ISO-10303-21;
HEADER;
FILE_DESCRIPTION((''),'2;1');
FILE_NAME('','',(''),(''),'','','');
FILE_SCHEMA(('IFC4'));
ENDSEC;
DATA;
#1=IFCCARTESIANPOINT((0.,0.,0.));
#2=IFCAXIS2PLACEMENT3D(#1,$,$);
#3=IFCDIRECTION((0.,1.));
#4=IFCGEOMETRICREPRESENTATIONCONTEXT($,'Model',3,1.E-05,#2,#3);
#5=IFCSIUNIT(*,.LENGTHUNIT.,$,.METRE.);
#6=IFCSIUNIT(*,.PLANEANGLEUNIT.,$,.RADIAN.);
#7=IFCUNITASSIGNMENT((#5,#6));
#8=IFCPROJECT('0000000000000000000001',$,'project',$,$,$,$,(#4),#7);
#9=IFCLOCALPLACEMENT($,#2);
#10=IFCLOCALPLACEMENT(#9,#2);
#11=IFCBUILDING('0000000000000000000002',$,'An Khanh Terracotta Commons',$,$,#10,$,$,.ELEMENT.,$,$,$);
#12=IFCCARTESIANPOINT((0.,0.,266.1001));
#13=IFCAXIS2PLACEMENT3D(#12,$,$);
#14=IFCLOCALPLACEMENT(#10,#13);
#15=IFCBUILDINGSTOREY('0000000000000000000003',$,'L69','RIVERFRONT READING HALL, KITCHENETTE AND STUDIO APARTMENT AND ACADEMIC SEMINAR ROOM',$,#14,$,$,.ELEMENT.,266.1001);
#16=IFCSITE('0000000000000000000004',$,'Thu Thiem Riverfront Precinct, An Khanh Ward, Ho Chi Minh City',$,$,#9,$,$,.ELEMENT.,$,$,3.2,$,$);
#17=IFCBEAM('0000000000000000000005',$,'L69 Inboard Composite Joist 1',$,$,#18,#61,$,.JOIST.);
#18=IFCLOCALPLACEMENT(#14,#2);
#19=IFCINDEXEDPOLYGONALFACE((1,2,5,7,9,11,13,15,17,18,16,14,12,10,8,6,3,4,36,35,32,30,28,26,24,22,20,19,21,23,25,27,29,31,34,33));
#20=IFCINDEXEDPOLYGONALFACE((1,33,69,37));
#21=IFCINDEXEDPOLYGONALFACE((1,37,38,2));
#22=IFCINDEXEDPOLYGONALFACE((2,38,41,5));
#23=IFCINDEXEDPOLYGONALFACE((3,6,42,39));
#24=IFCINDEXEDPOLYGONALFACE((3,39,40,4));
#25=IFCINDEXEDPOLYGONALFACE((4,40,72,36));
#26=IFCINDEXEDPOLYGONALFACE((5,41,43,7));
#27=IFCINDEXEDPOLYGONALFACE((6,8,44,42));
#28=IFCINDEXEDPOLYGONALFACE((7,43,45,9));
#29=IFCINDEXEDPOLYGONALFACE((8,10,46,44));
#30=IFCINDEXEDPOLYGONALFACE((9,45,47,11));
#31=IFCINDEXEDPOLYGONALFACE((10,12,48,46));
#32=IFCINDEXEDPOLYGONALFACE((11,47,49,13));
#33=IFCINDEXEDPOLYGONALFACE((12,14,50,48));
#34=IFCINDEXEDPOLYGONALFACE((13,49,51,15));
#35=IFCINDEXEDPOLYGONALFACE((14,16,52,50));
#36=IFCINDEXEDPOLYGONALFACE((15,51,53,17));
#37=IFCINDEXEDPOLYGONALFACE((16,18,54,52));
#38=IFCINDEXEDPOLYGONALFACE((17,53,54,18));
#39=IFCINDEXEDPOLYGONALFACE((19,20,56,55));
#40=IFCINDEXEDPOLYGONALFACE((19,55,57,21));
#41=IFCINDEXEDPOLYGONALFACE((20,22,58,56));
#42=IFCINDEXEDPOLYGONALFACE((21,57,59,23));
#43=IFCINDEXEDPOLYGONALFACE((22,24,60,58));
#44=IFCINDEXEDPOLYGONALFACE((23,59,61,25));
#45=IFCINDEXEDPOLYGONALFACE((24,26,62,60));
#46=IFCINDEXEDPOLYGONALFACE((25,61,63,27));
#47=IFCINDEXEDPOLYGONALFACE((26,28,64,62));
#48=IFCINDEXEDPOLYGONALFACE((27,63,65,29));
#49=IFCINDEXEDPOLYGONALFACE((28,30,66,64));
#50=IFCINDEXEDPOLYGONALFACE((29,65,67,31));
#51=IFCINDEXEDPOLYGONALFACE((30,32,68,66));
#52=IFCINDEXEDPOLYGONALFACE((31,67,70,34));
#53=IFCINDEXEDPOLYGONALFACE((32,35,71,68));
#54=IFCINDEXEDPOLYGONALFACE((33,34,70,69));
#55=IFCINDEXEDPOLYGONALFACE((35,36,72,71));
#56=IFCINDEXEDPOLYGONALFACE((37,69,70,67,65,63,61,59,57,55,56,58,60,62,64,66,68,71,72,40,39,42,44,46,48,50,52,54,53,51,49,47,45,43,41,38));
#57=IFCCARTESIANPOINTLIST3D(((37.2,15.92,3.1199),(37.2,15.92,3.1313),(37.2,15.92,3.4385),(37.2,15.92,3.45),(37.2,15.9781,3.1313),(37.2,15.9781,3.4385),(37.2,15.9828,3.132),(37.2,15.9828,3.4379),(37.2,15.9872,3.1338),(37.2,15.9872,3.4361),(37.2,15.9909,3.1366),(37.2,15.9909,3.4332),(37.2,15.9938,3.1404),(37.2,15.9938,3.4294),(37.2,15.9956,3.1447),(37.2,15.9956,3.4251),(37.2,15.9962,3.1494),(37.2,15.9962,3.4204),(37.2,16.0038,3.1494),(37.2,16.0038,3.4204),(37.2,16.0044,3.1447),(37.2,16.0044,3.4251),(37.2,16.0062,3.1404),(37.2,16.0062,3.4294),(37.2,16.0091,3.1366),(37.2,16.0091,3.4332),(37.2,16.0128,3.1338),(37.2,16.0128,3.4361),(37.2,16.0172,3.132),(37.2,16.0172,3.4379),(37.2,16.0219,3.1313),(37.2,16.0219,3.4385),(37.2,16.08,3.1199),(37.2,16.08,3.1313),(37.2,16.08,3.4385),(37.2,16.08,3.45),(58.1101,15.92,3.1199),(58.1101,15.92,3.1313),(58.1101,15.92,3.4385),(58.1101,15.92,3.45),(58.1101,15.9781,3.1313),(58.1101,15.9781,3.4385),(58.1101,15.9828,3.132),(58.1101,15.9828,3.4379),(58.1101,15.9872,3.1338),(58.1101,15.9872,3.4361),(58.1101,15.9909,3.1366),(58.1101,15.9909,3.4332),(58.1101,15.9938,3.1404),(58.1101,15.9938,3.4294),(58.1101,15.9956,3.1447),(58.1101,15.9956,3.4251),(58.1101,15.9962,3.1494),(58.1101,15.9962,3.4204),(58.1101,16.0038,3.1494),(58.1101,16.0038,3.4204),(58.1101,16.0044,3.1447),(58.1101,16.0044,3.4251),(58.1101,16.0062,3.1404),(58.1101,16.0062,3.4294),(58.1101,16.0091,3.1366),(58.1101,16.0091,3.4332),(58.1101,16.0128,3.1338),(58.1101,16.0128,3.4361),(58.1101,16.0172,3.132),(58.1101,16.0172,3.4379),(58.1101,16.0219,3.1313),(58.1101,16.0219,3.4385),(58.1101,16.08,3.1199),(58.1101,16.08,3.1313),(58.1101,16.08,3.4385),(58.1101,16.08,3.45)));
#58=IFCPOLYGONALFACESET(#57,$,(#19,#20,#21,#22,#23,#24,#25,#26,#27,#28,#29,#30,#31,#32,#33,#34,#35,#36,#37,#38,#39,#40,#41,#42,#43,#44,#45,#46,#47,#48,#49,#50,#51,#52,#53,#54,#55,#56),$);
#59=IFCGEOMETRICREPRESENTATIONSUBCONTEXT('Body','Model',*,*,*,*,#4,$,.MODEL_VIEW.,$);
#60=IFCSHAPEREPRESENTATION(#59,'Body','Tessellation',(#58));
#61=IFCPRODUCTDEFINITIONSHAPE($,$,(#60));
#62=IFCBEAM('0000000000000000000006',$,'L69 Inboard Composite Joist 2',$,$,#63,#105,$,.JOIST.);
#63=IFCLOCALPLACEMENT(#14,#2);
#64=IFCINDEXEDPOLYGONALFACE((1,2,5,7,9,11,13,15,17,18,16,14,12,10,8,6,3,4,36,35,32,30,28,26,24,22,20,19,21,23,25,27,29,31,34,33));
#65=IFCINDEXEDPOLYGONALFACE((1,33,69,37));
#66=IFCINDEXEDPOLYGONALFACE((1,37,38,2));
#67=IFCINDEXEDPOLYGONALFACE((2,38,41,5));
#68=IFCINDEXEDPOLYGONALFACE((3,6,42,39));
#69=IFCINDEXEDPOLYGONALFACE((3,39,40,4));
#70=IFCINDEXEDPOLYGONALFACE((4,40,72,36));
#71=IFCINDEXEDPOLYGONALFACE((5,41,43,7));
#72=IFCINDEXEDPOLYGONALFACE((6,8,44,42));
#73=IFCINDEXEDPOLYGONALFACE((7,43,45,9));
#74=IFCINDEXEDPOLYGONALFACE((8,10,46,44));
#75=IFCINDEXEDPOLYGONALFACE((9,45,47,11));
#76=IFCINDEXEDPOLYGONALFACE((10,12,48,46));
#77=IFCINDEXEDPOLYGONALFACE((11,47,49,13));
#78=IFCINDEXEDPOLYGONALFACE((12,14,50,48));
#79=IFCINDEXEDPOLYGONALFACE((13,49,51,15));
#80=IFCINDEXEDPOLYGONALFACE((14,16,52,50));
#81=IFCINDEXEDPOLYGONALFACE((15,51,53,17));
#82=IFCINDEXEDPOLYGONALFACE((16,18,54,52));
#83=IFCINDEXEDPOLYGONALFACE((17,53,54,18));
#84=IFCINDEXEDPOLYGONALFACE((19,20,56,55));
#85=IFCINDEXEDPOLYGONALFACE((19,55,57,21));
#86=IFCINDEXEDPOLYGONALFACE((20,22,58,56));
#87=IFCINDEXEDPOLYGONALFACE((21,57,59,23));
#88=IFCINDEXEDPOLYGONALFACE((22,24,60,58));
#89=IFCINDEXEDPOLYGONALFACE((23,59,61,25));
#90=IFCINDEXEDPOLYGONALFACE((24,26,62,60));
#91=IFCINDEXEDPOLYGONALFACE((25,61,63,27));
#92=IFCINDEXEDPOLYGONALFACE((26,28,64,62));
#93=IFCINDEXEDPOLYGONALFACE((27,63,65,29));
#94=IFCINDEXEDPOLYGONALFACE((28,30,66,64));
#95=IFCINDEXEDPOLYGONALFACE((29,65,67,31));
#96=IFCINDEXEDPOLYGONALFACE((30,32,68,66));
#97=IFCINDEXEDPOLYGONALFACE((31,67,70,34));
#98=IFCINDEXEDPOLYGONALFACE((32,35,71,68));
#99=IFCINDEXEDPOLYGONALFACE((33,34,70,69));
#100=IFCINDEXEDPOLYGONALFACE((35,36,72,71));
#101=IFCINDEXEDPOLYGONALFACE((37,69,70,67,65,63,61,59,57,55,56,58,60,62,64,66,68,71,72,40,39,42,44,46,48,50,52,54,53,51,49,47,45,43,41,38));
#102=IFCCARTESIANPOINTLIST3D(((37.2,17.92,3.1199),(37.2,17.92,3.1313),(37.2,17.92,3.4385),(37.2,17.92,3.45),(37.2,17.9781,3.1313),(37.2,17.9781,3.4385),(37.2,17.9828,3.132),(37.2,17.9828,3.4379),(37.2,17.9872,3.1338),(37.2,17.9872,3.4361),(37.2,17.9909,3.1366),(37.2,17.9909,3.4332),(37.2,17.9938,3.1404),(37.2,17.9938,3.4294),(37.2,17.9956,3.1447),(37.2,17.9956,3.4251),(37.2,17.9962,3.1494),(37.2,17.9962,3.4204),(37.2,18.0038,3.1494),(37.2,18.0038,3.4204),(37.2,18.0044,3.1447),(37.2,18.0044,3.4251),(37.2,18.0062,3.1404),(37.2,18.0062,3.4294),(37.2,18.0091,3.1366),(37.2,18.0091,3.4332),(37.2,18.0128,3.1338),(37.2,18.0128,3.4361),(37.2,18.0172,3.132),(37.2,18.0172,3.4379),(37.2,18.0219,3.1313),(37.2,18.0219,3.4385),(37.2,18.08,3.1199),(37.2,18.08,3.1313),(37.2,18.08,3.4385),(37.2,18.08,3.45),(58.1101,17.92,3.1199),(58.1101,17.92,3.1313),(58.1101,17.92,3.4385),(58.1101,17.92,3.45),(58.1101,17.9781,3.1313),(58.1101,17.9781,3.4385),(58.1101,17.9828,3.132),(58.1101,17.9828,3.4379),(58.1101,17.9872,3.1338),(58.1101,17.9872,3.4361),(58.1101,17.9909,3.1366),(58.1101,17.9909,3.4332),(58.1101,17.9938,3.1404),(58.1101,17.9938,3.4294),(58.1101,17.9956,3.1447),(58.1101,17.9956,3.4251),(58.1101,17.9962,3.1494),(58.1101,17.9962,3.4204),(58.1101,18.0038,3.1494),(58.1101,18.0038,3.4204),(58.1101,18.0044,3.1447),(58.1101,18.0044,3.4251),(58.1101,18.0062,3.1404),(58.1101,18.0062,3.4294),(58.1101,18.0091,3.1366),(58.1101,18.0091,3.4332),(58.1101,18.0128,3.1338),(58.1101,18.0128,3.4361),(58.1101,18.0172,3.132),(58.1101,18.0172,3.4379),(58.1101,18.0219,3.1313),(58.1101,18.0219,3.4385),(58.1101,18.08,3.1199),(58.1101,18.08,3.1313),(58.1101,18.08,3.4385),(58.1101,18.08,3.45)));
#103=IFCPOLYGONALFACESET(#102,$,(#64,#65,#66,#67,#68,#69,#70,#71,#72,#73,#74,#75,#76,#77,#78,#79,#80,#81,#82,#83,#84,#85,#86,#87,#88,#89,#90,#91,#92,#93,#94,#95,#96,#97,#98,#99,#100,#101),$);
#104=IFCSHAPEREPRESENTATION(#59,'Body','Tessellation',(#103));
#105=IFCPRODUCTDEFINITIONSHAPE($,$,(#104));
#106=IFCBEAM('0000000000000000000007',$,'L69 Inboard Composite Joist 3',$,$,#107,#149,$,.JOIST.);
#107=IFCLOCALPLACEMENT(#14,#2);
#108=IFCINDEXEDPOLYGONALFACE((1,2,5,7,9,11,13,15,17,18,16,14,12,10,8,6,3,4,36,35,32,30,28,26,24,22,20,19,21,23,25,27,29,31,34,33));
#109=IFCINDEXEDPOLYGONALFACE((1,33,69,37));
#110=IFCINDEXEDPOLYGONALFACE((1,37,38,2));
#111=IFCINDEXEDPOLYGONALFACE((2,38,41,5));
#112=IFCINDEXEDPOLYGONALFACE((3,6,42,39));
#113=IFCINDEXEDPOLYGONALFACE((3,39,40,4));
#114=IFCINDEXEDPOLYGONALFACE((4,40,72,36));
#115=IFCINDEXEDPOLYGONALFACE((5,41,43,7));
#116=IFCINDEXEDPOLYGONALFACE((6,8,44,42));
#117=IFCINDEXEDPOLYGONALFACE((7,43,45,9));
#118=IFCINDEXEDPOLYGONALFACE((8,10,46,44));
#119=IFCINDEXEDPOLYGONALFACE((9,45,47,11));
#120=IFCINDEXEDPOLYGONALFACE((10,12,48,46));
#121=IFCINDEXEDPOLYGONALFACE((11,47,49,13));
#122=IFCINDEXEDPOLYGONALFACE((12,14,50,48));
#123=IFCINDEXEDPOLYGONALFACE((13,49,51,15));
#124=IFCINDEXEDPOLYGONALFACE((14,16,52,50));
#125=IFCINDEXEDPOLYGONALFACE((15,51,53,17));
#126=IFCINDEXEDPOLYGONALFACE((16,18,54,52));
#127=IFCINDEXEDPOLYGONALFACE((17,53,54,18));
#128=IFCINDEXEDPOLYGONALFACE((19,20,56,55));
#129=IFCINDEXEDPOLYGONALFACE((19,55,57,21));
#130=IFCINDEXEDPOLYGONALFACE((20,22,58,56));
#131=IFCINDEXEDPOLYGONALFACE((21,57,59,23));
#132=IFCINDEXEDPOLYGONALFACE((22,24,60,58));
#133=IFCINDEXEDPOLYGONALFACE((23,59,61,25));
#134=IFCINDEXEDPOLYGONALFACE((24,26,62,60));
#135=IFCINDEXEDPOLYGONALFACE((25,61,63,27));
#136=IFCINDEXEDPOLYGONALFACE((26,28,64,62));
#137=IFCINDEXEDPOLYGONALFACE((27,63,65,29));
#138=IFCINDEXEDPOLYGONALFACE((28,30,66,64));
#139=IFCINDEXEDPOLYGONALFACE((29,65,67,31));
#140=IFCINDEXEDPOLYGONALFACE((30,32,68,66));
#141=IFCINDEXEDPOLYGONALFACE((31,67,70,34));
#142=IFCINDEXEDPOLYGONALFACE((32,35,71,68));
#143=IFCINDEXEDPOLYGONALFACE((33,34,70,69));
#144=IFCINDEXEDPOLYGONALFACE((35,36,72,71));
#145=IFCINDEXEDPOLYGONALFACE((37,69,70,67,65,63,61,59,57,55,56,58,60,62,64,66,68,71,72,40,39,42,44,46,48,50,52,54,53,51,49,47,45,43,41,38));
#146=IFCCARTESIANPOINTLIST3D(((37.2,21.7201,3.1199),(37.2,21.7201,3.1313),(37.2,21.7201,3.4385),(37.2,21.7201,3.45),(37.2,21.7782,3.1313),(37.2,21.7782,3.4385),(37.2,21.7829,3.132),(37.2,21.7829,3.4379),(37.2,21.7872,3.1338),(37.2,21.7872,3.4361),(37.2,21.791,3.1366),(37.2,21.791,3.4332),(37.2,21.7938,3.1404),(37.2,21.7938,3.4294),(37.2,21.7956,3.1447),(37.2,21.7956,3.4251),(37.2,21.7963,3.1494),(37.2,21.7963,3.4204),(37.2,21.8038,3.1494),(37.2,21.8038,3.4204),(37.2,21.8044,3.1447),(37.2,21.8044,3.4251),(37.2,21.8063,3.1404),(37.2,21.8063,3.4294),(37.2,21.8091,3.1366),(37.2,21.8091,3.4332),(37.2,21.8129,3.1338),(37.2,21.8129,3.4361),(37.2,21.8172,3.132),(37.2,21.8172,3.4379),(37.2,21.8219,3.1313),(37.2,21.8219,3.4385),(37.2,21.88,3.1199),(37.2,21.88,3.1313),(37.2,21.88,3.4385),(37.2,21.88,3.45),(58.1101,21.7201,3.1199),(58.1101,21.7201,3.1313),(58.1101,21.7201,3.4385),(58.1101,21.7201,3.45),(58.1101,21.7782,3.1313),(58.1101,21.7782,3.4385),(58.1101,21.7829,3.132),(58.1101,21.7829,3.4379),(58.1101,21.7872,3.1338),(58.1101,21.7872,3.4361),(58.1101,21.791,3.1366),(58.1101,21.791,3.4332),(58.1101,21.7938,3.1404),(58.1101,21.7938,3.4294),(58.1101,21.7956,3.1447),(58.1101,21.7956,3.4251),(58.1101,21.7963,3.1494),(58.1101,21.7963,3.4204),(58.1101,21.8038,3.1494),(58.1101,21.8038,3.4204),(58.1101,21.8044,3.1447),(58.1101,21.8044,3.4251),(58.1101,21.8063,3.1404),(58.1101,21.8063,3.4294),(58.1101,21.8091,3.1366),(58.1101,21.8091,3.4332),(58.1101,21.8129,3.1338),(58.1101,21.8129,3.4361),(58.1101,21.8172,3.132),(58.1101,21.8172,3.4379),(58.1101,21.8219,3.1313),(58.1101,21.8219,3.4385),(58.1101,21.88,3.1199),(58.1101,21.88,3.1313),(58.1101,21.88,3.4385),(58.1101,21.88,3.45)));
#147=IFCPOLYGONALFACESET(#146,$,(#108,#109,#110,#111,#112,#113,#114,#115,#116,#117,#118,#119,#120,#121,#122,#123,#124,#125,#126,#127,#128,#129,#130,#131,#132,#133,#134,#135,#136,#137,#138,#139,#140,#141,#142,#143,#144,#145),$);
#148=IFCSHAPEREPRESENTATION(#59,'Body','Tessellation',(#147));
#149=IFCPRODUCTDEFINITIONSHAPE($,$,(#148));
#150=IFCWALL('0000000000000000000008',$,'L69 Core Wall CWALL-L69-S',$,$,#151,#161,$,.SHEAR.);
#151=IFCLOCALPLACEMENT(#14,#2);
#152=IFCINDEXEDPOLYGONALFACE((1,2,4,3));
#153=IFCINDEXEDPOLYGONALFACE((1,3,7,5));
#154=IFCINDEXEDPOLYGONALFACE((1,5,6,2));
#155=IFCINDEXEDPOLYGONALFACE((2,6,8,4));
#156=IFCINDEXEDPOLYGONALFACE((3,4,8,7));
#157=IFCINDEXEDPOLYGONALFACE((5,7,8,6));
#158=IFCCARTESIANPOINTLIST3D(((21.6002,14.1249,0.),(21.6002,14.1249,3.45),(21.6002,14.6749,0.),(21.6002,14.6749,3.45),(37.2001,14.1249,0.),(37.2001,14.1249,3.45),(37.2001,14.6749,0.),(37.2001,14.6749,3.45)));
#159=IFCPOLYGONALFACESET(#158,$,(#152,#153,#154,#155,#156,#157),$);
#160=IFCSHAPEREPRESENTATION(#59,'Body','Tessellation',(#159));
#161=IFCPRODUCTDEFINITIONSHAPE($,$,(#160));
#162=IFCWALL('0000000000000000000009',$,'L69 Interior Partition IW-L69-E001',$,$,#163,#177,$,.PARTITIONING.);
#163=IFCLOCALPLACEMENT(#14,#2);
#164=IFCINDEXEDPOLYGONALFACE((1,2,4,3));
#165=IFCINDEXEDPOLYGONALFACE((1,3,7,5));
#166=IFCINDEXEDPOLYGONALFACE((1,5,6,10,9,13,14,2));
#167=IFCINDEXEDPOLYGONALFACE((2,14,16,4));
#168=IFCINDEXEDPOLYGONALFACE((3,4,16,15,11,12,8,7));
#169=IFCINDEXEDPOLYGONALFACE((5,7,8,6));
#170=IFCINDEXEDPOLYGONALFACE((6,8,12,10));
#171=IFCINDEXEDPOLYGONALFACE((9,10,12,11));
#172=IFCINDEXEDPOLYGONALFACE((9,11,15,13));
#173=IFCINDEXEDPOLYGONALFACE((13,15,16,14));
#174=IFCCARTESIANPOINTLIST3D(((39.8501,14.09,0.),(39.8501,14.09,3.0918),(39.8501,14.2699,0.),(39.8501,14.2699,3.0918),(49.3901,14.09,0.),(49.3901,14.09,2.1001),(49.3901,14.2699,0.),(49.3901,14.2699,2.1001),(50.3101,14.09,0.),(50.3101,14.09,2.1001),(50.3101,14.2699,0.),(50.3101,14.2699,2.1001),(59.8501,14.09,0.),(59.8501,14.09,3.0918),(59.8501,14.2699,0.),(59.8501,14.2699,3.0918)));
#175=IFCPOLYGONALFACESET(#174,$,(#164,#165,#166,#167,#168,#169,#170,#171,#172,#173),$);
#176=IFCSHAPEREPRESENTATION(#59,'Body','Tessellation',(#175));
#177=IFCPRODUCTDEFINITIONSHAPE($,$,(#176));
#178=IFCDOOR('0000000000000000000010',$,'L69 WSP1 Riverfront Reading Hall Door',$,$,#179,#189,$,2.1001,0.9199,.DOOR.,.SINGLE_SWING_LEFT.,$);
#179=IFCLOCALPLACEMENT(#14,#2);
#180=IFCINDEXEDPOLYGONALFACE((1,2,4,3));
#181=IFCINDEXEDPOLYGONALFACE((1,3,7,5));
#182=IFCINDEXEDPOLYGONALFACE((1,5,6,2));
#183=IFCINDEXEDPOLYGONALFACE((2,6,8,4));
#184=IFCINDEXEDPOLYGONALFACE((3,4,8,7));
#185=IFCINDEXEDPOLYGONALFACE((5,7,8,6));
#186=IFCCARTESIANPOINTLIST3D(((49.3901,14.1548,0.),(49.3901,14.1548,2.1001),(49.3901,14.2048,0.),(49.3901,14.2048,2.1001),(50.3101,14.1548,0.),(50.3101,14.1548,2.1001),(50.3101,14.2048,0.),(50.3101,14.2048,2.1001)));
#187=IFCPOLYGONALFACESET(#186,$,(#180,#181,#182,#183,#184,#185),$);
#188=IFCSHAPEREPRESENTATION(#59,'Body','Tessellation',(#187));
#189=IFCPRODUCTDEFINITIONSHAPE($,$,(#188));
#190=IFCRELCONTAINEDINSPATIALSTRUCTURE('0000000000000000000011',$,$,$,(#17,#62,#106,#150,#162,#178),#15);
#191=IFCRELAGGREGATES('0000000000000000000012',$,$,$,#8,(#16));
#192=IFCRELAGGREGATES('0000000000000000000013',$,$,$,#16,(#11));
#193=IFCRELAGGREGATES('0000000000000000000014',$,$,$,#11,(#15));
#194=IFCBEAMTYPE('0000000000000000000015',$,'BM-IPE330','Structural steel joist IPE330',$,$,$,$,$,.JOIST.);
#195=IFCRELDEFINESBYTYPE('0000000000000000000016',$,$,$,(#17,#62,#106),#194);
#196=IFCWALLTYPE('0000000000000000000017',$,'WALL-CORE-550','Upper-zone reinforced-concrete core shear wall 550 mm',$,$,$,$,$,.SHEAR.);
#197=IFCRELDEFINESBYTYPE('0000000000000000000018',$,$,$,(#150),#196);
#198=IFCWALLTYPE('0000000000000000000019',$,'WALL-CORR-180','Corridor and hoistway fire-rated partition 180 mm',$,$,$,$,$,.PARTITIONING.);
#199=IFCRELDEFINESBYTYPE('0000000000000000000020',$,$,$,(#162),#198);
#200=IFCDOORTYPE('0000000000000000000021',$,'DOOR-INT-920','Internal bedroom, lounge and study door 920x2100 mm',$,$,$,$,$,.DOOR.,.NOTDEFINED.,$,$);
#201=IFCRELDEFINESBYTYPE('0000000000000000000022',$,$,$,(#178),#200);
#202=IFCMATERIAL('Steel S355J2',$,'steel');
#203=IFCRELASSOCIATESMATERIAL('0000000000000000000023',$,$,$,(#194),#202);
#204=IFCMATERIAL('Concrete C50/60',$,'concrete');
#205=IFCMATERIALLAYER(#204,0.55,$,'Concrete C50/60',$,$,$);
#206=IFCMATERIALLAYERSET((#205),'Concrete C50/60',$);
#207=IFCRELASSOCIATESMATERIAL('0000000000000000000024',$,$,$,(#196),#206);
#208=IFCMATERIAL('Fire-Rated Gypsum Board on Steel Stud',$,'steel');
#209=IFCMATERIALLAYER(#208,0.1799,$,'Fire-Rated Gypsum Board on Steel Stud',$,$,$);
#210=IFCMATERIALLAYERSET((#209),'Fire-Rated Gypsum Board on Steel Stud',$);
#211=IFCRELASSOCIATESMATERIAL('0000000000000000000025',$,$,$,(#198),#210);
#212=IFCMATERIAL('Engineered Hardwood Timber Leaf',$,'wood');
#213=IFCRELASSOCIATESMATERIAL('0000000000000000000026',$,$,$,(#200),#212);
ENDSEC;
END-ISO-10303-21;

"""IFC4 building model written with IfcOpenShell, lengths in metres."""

from ifc_helpers import new_model, si_unit, direction, frame, frame_2d, origin, origin_2d, place, context, subcontext, project, spatial, rectangle, i_section, extrude, material, layer, layer_set, material_profile, profile_set, type_object, element, fill, save


model = new_model("IFC4")

# Units and contexts
model_context = context("Model", 3, precision=1e-05, world=origin(), true_north=direction((0.0, 1.0)))
body_context = subcontext(model_context, "Body", "Model", "MODEL_VIEW")
ifc_project = project(units=[si_unit("LENGTHUNIT", "METRE"), si_unit("PLANEANGLEUNIT", "RADIAN")], contexts=[model_context])

# Site, building, storey
site_placement = place(None, origin())
site = spatial("IfcSite", under=ifc_project, at=site_placement, Name="Thu Thiem Riverfront Precinct, An Khanh Ward, Ho Chi Minh City", CompositionType="ELEMENT", RefElevation=3.2)
building_placement = place(site_placement, origin())
building = spatial("IfcBuilding", under=site, at=building_placement, Name="An Khanh Terracotta Commons", CompositionType="ELEMENT")
storey_placement = place(building_placement, frame((0.0, 0.0, 266.1001)))
storey = spatial("IfcBuildingStorey", under=building, at=storey_placement, Name="L69", Description="RIVERFRONT READING HALL, KITCHENETTE AND STUDIO APARTMENT AND ACADEMIC SEMINAR ROOM", CompositionType="ELEMENT", Elevation=266.1001)

# Shared definitions
ifc_material_1 = material(Name="Concrete C50/60", Category="concrete")

# Beams
ifc_material_2 = material(Name="Steel S355J2", Category="steel")
ifc_material_profile_1 = material_profile(ifc_material_2, i_section(OverallWidth=0.1599, OverallDepth=0.3301, WebThickness=0.0076, FlangeThickness=0.0115, FilletRadius=0.0181, at=origin_2d()), Name="IPE330")
ifc_profile_set_1 = profile_set([ifc_material_profile_1], Name="Steel S355J2")
beam_type_1 = type_object("IfcBeamType", Name="BM-IPE330", Description="Structural steel joist IPE330", PredefinedType="JOIST", material=ifc_profile_set_1)
for number, where, z_axis, x_axis, name in (
    (1, (37.2, 16.0, 3.2849), (1.0, 0.0, 0.0), (0.0, 1.0, 0.0), "L69 Inboard Composite Joist 1"),
    (2, (37.2, 18.0, 3.2849), (1.0, 0.0, 0.0), (0.0, 1.0, 0.0), "L69 Inboard Composite Joist 2"),
    (3, (37.2, 21.8, 3.2849), (1.0, 0.0, 0.0), (0.0, 1.0, 0.0), "L69 Inboard Composite Joist 3"),
):
    element("IfcBeam", number, at=place(storey_placement, frame(where, z_axis=z_axis, x_axis=x_axis)), inside=storey, type_object=beam_type_1, Name=name, PredefinedType="JOIST", context=body_context, shape_type="SweptSolid", body=[
        extrude(i_section(OverallWidth=0.1599, OverallDepth=0.3301, WebThickness=0.0076, FlangeThickness=0.0115, FilletRadius=0.0181, at=origin_2d()), origin(), (0.0, 0.0, 1.0), 20.9102),
    ])

# Wall
ifc_layer_1 = layer(ifc_material_1, 0.55, Name="Concrete C50/60")
ifc_layer_set_1 = layer_set([ifc_layer_1], Name="Concrete C50/60")
wall_type_1 = type_object("IfcWallType", Name="WALL-CORE-550", Description="Upper-zone reinforced-concrete core shear wall 550 mm", PredefinedType="SHEAR", material=ifc_layer_set_1)
wall_1_placement = place(storey_placement, frame((37.2, 14.3999, 0.0), z_axis=(0.0, 0.0, 1.0), x_axis=(-1.0, 0.0, 0.0)))
element("IfcWall", 4, at=wall_1_placement, inside=storey, type_object=wall_type_1, Name="L69 Core Wall CWALL-L69-S", PredefinedType="SHEAR", context=body_context, shape_type="SweptSolid", body=[
    extrude(rectangle(XDim=15.5999, YDim=0.55, at=frame_2d((7.7998, 0.0))), origin(), (0.0, 0.0, 1.0), 3.45),
])

# Wall, opening, door
ifc_material_3 = material(Name="Fire-Rated Gypsum Board on Steel Stud", Category="steel")
ifc_layer_2 = layer(ifc_material_3, 0.1799, Name="Fire-Rated Gypsum Board on Steel Stud")
ifc_layer_set_2 = layer_set([ifc_layer_2], Name="Fire-Rated Gypsum Board on Steel Stud")
wall_type_2 = type_object("IfcWallType", Name="WALL-CORR-180", Description="Corridor and hoistway fire-rated partition 180 mm", PredefinedType="PARTITIONING", material=ifc_layer_set_2)
wall_2_placement = place(storey_placement, frame((39.8501, 14.1799, 0.0), z_axis=(0.0, 0.0, 1.0), x_axis=(1.0, 0.0, 0.0)))
wall_2 = element("IfcWall", 5, at=wall_2_placement, inside=storey, type_object=wall_type_2, Name="L69 Interior Partition IW-L69-E001", PredefinedType="PARTITIONING", context=body_context, shape_type="SweptSolid", body=[
    extrude(rectangle(XDim=20.0, YDim=0.1799, at=frame_2d((10.0, 0.0))), origin(), (0.0, 0.0, 1.0), 3.0918),
])
opening_1_placement = place(wall_2_placement, frame((9.54, 0.0, 0.0)))
opening_1 = element("IfcOpeningElement", 6, at=opening_1_placement, cuts=wall_2, PredefinedType="OPENING", context=body_context, shape_type="SweptSolid", body=[
    extrude(rectangle(XDim=0.9199, YDim=2.1001, at=frame_2d((0.46, 1.05))), frame((0.0, 0.0999, 0.0), z_axis=(0.0, -1.0, 0.0), x_axis=(1.0, 0.0, 0.0)), (0.0, 0.0, 1.0), 0.2),
])
ifc_material_4 = material(Name="Engineered Hardwood Timber Leaf", Category="wood")
door_type_1 = type_object("IfcDoorType", Name="DOOR-INT-920", Description="Internal bedroom, lounge and study door 920x2100 mm", OperationType="NOTDEFINED", PredefinedType="DOOR", material=ifc_material_4)
door_1_placement = place(opening_1_placement, origin())
door_1 = element("IfcDoor", 7, at=door_1_placement, inside=storey, type_object=door_type_1, Name="L69 WSP1 Riverfront Reading Hall Door", OperationType="SINGLE_SWING_LEFT", OverallHeight=2.1001, OverallWidth=0.9199, PredefinedType="DOOR", context=body_context, shape_type="SweptSolid", body=[
    extrude(rectangle(XDim=0.9199, YDim=2.1001, at=frame_2d((0.46, 1.05))), frame((0.0, 0.0249, 0.0), z_axis=(0.0, -1.0, 0.0), x_axis=(1.0, 0.0, 0.0)), (0.0, 0.0, 1.0), 0.05),
])
fill(opening_1, door_1)

save(model, "model.ifc")
